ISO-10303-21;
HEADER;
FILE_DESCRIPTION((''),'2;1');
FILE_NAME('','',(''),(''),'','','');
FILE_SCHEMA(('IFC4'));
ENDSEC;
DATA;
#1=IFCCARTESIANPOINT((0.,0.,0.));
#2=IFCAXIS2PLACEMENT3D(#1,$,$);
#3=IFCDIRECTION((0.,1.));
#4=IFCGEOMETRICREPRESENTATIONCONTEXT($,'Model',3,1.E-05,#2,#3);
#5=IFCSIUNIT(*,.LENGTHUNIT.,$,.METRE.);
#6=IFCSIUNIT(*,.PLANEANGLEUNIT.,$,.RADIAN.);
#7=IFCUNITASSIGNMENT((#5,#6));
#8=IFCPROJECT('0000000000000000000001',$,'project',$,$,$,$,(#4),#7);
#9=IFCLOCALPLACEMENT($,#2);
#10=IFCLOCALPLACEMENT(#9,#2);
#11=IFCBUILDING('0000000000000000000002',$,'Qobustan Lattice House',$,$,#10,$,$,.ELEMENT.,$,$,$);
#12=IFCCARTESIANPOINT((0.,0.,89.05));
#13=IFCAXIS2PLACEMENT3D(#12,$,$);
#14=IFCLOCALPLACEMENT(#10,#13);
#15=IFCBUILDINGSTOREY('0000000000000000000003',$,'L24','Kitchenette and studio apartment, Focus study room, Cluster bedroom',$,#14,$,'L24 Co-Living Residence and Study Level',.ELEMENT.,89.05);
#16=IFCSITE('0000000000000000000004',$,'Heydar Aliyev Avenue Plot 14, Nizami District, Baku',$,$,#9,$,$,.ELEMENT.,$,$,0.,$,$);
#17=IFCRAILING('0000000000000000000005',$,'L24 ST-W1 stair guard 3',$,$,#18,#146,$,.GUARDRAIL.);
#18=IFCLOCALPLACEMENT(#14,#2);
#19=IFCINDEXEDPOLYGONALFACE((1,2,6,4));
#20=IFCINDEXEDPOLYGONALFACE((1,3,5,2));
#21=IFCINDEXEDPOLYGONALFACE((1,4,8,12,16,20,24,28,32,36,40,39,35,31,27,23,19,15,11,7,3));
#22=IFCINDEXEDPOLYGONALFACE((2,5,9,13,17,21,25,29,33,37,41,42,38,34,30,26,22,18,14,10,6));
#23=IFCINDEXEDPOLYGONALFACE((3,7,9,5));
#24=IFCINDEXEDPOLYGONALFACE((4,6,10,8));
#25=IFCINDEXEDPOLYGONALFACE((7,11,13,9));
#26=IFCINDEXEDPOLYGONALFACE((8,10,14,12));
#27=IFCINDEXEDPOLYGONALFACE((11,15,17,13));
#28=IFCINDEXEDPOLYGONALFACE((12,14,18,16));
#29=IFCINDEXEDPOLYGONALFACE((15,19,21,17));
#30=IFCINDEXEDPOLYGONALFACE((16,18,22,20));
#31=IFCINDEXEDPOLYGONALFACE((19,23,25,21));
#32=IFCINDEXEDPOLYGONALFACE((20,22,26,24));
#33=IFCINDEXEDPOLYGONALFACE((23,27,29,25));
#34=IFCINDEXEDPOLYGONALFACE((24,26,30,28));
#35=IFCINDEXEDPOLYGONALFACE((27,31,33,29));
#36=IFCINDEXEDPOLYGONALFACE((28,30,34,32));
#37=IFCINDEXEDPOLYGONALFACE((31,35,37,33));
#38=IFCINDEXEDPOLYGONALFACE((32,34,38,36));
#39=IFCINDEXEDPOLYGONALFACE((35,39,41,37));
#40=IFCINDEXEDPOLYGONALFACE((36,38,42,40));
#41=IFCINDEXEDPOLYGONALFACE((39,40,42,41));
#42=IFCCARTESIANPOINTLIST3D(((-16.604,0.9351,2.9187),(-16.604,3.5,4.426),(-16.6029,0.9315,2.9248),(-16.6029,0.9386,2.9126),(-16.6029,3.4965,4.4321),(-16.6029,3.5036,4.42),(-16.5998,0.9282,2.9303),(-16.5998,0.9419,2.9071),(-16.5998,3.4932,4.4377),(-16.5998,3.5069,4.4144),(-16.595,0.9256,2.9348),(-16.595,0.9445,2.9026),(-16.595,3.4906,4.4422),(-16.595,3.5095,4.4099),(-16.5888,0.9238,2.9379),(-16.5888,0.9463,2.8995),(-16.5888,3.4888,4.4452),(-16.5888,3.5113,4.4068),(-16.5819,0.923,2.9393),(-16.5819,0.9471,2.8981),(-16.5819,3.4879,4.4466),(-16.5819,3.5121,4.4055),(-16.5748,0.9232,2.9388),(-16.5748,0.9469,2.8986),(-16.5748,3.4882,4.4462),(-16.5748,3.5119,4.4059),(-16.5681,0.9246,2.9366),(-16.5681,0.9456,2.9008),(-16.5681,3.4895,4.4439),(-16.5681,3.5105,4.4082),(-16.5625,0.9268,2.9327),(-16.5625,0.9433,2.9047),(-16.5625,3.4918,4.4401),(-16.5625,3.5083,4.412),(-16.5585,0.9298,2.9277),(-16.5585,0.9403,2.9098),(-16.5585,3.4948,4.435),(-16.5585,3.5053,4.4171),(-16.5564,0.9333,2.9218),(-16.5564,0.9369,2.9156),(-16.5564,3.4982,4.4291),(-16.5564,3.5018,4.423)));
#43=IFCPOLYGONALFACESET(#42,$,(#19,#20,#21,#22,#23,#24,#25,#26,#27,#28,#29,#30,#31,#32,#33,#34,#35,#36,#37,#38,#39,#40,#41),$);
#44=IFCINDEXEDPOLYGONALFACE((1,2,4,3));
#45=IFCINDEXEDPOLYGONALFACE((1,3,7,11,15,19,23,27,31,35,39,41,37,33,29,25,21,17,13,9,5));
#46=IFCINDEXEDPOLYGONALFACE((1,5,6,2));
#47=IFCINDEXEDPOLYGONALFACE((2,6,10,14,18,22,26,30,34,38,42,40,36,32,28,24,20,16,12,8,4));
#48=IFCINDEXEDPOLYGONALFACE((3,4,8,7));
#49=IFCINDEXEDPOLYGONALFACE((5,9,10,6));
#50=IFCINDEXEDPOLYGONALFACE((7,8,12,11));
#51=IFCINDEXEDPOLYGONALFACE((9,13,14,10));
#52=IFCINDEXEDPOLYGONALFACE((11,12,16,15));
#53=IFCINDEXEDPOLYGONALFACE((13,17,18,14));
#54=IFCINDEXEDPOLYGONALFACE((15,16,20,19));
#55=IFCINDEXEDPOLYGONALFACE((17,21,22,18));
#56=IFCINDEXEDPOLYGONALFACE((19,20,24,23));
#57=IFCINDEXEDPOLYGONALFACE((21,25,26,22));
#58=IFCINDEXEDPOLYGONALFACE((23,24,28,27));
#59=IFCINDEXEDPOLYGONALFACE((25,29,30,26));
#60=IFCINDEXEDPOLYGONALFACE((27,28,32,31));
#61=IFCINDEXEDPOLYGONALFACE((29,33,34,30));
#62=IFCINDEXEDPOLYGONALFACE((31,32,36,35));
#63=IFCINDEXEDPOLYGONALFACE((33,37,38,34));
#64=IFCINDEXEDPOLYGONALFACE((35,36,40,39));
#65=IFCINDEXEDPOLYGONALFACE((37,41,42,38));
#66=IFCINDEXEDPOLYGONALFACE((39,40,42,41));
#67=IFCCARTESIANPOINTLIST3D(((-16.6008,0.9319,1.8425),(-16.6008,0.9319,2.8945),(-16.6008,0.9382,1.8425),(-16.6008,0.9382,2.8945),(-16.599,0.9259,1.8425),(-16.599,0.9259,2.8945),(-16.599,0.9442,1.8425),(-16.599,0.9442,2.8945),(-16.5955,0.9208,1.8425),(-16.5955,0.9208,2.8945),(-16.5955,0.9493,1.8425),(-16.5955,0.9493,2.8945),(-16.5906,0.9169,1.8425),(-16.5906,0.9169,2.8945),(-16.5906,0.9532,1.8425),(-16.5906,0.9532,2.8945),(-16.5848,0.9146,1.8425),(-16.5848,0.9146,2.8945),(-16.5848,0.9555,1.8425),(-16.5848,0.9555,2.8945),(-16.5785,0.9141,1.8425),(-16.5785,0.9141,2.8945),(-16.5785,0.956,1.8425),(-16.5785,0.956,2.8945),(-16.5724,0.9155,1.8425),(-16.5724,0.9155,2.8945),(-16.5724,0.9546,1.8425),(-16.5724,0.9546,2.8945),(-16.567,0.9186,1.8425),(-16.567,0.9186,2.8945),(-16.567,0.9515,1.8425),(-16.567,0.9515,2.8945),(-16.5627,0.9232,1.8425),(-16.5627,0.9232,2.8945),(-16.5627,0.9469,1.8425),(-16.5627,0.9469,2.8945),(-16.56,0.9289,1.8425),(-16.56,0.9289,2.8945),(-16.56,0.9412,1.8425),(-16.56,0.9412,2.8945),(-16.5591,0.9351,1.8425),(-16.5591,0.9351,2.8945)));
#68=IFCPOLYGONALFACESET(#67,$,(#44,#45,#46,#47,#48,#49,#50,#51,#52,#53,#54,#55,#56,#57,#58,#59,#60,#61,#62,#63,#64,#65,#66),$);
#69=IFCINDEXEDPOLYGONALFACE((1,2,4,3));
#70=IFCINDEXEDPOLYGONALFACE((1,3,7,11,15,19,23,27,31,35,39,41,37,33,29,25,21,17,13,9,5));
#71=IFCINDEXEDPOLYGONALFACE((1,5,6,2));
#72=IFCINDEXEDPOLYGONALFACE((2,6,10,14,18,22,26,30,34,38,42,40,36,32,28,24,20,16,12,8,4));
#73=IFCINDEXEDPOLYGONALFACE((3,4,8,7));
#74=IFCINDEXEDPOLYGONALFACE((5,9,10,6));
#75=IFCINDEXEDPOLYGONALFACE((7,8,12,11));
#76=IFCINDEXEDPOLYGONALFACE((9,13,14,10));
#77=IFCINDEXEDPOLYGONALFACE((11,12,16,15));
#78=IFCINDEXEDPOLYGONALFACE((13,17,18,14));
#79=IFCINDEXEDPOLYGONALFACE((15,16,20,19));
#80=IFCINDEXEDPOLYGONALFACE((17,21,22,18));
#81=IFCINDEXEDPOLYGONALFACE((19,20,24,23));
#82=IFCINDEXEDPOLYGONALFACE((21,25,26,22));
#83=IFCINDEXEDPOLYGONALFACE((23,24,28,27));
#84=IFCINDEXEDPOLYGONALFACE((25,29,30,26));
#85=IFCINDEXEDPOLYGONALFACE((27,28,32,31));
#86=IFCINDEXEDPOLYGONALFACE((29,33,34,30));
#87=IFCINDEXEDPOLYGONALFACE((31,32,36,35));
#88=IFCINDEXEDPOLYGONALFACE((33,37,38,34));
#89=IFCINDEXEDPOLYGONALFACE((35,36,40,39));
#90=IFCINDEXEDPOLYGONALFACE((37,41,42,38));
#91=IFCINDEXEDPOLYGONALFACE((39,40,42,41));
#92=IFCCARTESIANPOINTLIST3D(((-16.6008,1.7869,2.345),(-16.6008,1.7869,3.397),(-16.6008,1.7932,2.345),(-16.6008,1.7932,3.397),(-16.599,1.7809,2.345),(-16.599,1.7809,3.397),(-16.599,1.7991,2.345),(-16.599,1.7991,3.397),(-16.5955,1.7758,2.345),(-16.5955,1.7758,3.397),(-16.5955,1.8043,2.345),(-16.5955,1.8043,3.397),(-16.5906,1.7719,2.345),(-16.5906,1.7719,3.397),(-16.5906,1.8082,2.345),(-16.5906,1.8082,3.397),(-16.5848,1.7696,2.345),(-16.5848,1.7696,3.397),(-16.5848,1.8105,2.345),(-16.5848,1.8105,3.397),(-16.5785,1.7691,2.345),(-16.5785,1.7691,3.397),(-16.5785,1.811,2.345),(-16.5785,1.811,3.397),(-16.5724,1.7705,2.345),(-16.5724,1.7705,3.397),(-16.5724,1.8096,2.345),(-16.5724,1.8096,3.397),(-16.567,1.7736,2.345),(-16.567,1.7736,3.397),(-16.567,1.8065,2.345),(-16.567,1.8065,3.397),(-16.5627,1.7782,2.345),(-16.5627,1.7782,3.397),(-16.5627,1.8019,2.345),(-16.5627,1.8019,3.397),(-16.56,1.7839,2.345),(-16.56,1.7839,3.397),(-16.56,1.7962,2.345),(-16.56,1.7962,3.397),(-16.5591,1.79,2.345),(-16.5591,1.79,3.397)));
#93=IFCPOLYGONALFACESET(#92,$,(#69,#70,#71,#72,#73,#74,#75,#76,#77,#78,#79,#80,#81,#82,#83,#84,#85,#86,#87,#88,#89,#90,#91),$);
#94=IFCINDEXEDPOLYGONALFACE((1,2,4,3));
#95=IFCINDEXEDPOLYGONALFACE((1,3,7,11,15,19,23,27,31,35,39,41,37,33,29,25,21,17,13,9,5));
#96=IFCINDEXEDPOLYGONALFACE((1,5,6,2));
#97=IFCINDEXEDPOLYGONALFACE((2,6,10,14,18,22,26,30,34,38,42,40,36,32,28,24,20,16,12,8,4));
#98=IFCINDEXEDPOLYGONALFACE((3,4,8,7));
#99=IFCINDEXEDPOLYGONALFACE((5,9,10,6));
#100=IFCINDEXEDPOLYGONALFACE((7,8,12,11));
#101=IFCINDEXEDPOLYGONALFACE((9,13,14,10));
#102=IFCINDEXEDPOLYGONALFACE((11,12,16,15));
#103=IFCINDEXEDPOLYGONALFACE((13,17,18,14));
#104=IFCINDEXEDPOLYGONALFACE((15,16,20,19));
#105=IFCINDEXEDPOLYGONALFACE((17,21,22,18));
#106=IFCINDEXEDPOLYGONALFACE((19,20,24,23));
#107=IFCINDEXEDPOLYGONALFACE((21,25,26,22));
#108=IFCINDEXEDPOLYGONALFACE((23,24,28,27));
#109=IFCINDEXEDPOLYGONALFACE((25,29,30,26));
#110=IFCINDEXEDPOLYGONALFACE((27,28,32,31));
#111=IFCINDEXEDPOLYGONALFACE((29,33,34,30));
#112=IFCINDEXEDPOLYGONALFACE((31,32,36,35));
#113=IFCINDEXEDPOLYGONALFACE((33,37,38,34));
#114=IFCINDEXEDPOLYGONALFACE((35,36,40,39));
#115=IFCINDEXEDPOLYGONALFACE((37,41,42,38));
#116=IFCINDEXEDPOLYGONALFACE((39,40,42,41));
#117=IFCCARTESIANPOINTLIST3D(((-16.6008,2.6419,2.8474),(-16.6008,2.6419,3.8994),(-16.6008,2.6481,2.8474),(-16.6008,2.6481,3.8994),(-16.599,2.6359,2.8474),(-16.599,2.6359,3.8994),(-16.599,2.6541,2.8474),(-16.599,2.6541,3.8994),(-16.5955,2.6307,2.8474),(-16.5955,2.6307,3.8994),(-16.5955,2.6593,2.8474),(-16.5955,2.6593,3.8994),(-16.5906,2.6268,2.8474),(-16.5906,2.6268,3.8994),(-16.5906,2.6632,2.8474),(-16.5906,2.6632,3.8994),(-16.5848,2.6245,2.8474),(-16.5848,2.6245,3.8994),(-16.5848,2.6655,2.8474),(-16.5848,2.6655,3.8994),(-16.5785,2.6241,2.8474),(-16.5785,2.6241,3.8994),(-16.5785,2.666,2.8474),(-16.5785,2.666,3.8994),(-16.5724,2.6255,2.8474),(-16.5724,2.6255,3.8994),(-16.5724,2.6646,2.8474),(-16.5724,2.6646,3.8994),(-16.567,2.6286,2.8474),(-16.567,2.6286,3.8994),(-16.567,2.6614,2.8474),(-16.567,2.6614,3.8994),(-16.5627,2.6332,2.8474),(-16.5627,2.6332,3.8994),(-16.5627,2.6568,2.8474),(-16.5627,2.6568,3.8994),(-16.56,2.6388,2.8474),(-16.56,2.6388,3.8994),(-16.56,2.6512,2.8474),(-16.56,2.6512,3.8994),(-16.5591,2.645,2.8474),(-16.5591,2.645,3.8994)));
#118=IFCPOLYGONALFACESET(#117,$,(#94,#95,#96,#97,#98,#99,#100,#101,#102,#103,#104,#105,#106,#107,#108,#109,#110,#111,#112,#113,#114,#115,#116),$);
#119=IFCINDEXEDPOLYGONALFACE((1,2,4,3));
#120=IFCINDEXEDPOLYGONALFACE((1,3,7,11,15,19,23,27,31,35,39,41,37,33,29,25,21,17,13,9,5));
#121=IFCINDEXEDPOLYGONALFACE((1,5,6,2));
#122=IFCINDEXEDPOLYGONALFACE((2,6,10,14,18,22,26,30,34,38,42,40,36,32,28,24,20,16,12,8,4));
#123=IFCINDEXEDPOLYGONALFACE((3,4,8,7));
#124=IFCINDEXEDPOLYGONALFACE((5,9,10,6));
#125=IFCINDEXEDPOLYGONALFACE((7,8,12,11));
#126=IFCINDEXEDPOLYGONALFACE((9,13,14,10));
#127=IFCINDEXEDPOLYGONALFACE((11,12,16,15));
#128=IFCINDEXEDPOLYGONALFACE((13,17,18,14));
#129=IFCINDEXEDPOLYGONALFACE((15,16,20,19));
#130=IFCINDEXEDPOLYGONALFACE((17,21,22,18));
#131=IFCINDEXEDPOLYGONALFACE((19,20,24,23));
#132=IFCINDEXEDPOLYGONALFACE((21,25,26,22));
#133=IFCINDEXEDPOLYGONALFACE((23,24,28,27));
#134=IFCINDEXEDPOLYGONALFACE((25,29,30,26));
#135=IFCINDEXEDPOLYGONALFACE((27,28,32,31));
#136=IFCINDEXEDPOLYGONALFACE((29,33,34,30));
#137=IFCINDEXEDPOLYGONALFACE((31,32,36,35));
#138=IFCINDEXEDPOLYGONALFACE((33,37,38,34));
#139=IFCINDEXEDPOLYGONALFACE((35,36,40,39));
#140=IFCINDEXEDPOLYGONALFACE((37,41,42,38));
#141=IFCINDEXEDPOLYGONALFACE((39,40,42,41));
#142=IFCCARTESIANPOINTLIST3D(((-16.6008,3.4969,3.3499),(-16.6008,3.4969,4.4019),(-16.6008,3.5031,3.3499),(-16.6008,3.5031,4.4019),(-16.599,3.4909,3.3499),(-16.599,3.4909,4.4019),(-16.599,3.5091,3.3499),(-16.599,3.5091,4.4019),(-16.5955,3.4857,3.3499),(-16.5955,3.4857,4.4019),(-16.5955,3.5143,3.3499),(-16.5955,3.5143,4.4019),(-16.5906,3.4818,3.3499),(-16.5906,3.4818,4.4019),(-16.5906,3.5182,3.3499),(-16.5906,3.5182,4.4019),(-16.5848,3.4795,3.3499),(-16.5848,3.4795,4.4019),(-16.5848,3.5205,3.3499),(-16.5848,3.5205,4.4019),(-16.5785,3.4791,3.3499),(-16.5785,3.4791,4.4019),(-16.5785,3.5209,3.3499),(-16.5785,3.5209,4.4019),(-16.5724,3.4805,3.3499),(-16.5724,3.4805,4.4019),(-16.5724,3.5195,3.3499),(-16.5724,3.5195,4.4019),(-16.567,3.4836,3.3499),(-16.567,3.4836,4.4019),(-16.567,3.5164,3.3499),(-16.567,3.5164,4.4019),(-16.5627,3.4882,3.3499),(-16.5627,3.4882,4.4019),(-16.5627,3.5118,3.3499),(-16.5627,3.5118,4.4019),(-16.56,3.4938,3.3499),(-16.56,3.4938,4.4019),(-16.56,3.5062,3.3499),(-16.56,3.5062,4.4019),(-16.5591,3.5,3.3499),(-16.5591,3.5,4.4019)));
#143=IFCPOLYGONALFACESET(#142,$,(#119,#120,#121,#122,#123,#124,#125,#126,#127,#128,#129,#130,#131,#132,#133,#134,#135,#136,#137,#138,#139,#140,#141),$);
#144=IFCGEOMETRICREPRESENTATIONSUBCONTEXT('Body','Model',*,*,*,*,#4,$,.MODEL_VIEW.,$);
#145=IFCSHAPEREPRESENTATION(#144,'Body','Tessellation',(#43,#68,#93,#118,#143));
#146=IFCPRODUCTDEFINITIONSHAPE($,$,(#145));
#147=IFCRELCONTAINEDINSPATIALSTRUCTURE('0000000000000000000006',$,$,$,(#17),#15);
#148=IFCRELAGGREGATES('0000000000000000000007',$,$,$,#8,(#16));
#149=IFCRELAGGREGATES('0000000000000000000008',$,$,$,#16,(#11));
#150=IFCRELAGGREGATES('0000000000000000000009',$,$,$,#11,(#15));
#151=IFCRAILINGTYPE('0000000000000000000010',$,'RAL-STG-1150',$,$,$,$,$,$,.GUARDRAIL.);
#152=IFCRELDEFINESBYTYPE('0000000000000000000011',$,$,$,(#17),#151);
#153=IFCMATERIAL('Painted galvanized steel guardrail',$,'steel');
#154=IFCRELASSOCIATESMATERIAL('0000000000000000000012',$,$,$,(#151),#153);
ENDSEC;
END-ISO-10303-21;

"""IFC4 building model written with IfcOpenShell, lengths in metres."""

from ifc_helpers import new_model, si_unit, direction, frame, origin, origin_2d, place, context, subcontext, project, spatial, circle, extrude, material, type_object, element, save


model = new_model("IFC4")

# Units and contexts
model_context = context("Model", 3, precision=1e-05, world=origin(), true_north=direction((0.0, 1.0)))
body_context = subcontext(model_context, "Body", "Model", "MODEL_VIEW")
ifc_project = project(units=[si_unit("LENGTHUNIT", "METRE"), si_unit("PLANEANGLEUNIT", "RADIAN")], contexts=[model_context])

# Site, building, storey
site_placement = place(None, origin())
site = spatial("IfcSite", under=ifc_project, at=site_placement, Name="Heydar Aliyev Avenue Plot 14, Nizami District, Baku", CompositionType="ELEMENT", RefElevation=0.0)
building_placement = place(site_placement, origin())
building = spatial("IfcBuilding", under=site, at=building_placement, Name="Qobustan Lattice House", CompositionType="ELEMENT")
storey_placement = place(building_placement, frame((0.0, 0.0, 89.05)))
storey = spatial("IfcBuildingStorey", under=building, at=storey_placement, Name="L24", Description="Kitchenette and studio apartment, Focus study room, Cluster bedroom", LongName="L24 Co-Living Residence and Study Level", CompositionType="ELEMENT", Elevation=89.05)

# Railing
ifc_material_1 = material(Name="Painted galvanized steel guardrail", Category="steel")
railing_type_1 = type_object("IfcRailingType", Name="RAL-STG-1150", PredefinedType="GUARDRAIL", material=ifc_material_1)
railing_1_placement = place(storey_placement, frame((-16.5801, 0.9351, 1.8425)))
element("IfcRailing", 1, at=railing_1_placement, inside=storey, type_object=railing_type_1, Name="L24 ST-W1 stair guard 3", PredefinedType="GUARDRAIL", context=body_context, shape_type="SweptSolid", body=[
    extrude(circle(Radius=0.0239, at=origin_2d()), frame((0.0, 0.0, 1.0762), z_axis=(0.0, 0.862149, 0.506654), x_axis=(-1.0, 0.0, 0.0)), (0.0, 0.0, 1.0), 2.9751),
    extrude(circle(Radius=0.021, at=origin_2d()), origin(), (0.0, 0.0, 1.0), 1.052),
    extrude(circle(Radius=0.021, at=origin_2d()), frame((0.0, 0.855, 0.5024)), (0.0, 0.0, 1.0), 1.052),
    extrude(circle(Radius=0.021, at=origin_2d()), frame((0.0, 1.71, 1.0049)), (0.0, 0.0, 1.0), 1.052),
    extrude(circle(Radius=0.021, at=origin_2d()), frame((0.0, 2.5649, 1.5073)), (0.0, 0.0, 1.0), 1.052),
])

save(model, "model.ifc")
